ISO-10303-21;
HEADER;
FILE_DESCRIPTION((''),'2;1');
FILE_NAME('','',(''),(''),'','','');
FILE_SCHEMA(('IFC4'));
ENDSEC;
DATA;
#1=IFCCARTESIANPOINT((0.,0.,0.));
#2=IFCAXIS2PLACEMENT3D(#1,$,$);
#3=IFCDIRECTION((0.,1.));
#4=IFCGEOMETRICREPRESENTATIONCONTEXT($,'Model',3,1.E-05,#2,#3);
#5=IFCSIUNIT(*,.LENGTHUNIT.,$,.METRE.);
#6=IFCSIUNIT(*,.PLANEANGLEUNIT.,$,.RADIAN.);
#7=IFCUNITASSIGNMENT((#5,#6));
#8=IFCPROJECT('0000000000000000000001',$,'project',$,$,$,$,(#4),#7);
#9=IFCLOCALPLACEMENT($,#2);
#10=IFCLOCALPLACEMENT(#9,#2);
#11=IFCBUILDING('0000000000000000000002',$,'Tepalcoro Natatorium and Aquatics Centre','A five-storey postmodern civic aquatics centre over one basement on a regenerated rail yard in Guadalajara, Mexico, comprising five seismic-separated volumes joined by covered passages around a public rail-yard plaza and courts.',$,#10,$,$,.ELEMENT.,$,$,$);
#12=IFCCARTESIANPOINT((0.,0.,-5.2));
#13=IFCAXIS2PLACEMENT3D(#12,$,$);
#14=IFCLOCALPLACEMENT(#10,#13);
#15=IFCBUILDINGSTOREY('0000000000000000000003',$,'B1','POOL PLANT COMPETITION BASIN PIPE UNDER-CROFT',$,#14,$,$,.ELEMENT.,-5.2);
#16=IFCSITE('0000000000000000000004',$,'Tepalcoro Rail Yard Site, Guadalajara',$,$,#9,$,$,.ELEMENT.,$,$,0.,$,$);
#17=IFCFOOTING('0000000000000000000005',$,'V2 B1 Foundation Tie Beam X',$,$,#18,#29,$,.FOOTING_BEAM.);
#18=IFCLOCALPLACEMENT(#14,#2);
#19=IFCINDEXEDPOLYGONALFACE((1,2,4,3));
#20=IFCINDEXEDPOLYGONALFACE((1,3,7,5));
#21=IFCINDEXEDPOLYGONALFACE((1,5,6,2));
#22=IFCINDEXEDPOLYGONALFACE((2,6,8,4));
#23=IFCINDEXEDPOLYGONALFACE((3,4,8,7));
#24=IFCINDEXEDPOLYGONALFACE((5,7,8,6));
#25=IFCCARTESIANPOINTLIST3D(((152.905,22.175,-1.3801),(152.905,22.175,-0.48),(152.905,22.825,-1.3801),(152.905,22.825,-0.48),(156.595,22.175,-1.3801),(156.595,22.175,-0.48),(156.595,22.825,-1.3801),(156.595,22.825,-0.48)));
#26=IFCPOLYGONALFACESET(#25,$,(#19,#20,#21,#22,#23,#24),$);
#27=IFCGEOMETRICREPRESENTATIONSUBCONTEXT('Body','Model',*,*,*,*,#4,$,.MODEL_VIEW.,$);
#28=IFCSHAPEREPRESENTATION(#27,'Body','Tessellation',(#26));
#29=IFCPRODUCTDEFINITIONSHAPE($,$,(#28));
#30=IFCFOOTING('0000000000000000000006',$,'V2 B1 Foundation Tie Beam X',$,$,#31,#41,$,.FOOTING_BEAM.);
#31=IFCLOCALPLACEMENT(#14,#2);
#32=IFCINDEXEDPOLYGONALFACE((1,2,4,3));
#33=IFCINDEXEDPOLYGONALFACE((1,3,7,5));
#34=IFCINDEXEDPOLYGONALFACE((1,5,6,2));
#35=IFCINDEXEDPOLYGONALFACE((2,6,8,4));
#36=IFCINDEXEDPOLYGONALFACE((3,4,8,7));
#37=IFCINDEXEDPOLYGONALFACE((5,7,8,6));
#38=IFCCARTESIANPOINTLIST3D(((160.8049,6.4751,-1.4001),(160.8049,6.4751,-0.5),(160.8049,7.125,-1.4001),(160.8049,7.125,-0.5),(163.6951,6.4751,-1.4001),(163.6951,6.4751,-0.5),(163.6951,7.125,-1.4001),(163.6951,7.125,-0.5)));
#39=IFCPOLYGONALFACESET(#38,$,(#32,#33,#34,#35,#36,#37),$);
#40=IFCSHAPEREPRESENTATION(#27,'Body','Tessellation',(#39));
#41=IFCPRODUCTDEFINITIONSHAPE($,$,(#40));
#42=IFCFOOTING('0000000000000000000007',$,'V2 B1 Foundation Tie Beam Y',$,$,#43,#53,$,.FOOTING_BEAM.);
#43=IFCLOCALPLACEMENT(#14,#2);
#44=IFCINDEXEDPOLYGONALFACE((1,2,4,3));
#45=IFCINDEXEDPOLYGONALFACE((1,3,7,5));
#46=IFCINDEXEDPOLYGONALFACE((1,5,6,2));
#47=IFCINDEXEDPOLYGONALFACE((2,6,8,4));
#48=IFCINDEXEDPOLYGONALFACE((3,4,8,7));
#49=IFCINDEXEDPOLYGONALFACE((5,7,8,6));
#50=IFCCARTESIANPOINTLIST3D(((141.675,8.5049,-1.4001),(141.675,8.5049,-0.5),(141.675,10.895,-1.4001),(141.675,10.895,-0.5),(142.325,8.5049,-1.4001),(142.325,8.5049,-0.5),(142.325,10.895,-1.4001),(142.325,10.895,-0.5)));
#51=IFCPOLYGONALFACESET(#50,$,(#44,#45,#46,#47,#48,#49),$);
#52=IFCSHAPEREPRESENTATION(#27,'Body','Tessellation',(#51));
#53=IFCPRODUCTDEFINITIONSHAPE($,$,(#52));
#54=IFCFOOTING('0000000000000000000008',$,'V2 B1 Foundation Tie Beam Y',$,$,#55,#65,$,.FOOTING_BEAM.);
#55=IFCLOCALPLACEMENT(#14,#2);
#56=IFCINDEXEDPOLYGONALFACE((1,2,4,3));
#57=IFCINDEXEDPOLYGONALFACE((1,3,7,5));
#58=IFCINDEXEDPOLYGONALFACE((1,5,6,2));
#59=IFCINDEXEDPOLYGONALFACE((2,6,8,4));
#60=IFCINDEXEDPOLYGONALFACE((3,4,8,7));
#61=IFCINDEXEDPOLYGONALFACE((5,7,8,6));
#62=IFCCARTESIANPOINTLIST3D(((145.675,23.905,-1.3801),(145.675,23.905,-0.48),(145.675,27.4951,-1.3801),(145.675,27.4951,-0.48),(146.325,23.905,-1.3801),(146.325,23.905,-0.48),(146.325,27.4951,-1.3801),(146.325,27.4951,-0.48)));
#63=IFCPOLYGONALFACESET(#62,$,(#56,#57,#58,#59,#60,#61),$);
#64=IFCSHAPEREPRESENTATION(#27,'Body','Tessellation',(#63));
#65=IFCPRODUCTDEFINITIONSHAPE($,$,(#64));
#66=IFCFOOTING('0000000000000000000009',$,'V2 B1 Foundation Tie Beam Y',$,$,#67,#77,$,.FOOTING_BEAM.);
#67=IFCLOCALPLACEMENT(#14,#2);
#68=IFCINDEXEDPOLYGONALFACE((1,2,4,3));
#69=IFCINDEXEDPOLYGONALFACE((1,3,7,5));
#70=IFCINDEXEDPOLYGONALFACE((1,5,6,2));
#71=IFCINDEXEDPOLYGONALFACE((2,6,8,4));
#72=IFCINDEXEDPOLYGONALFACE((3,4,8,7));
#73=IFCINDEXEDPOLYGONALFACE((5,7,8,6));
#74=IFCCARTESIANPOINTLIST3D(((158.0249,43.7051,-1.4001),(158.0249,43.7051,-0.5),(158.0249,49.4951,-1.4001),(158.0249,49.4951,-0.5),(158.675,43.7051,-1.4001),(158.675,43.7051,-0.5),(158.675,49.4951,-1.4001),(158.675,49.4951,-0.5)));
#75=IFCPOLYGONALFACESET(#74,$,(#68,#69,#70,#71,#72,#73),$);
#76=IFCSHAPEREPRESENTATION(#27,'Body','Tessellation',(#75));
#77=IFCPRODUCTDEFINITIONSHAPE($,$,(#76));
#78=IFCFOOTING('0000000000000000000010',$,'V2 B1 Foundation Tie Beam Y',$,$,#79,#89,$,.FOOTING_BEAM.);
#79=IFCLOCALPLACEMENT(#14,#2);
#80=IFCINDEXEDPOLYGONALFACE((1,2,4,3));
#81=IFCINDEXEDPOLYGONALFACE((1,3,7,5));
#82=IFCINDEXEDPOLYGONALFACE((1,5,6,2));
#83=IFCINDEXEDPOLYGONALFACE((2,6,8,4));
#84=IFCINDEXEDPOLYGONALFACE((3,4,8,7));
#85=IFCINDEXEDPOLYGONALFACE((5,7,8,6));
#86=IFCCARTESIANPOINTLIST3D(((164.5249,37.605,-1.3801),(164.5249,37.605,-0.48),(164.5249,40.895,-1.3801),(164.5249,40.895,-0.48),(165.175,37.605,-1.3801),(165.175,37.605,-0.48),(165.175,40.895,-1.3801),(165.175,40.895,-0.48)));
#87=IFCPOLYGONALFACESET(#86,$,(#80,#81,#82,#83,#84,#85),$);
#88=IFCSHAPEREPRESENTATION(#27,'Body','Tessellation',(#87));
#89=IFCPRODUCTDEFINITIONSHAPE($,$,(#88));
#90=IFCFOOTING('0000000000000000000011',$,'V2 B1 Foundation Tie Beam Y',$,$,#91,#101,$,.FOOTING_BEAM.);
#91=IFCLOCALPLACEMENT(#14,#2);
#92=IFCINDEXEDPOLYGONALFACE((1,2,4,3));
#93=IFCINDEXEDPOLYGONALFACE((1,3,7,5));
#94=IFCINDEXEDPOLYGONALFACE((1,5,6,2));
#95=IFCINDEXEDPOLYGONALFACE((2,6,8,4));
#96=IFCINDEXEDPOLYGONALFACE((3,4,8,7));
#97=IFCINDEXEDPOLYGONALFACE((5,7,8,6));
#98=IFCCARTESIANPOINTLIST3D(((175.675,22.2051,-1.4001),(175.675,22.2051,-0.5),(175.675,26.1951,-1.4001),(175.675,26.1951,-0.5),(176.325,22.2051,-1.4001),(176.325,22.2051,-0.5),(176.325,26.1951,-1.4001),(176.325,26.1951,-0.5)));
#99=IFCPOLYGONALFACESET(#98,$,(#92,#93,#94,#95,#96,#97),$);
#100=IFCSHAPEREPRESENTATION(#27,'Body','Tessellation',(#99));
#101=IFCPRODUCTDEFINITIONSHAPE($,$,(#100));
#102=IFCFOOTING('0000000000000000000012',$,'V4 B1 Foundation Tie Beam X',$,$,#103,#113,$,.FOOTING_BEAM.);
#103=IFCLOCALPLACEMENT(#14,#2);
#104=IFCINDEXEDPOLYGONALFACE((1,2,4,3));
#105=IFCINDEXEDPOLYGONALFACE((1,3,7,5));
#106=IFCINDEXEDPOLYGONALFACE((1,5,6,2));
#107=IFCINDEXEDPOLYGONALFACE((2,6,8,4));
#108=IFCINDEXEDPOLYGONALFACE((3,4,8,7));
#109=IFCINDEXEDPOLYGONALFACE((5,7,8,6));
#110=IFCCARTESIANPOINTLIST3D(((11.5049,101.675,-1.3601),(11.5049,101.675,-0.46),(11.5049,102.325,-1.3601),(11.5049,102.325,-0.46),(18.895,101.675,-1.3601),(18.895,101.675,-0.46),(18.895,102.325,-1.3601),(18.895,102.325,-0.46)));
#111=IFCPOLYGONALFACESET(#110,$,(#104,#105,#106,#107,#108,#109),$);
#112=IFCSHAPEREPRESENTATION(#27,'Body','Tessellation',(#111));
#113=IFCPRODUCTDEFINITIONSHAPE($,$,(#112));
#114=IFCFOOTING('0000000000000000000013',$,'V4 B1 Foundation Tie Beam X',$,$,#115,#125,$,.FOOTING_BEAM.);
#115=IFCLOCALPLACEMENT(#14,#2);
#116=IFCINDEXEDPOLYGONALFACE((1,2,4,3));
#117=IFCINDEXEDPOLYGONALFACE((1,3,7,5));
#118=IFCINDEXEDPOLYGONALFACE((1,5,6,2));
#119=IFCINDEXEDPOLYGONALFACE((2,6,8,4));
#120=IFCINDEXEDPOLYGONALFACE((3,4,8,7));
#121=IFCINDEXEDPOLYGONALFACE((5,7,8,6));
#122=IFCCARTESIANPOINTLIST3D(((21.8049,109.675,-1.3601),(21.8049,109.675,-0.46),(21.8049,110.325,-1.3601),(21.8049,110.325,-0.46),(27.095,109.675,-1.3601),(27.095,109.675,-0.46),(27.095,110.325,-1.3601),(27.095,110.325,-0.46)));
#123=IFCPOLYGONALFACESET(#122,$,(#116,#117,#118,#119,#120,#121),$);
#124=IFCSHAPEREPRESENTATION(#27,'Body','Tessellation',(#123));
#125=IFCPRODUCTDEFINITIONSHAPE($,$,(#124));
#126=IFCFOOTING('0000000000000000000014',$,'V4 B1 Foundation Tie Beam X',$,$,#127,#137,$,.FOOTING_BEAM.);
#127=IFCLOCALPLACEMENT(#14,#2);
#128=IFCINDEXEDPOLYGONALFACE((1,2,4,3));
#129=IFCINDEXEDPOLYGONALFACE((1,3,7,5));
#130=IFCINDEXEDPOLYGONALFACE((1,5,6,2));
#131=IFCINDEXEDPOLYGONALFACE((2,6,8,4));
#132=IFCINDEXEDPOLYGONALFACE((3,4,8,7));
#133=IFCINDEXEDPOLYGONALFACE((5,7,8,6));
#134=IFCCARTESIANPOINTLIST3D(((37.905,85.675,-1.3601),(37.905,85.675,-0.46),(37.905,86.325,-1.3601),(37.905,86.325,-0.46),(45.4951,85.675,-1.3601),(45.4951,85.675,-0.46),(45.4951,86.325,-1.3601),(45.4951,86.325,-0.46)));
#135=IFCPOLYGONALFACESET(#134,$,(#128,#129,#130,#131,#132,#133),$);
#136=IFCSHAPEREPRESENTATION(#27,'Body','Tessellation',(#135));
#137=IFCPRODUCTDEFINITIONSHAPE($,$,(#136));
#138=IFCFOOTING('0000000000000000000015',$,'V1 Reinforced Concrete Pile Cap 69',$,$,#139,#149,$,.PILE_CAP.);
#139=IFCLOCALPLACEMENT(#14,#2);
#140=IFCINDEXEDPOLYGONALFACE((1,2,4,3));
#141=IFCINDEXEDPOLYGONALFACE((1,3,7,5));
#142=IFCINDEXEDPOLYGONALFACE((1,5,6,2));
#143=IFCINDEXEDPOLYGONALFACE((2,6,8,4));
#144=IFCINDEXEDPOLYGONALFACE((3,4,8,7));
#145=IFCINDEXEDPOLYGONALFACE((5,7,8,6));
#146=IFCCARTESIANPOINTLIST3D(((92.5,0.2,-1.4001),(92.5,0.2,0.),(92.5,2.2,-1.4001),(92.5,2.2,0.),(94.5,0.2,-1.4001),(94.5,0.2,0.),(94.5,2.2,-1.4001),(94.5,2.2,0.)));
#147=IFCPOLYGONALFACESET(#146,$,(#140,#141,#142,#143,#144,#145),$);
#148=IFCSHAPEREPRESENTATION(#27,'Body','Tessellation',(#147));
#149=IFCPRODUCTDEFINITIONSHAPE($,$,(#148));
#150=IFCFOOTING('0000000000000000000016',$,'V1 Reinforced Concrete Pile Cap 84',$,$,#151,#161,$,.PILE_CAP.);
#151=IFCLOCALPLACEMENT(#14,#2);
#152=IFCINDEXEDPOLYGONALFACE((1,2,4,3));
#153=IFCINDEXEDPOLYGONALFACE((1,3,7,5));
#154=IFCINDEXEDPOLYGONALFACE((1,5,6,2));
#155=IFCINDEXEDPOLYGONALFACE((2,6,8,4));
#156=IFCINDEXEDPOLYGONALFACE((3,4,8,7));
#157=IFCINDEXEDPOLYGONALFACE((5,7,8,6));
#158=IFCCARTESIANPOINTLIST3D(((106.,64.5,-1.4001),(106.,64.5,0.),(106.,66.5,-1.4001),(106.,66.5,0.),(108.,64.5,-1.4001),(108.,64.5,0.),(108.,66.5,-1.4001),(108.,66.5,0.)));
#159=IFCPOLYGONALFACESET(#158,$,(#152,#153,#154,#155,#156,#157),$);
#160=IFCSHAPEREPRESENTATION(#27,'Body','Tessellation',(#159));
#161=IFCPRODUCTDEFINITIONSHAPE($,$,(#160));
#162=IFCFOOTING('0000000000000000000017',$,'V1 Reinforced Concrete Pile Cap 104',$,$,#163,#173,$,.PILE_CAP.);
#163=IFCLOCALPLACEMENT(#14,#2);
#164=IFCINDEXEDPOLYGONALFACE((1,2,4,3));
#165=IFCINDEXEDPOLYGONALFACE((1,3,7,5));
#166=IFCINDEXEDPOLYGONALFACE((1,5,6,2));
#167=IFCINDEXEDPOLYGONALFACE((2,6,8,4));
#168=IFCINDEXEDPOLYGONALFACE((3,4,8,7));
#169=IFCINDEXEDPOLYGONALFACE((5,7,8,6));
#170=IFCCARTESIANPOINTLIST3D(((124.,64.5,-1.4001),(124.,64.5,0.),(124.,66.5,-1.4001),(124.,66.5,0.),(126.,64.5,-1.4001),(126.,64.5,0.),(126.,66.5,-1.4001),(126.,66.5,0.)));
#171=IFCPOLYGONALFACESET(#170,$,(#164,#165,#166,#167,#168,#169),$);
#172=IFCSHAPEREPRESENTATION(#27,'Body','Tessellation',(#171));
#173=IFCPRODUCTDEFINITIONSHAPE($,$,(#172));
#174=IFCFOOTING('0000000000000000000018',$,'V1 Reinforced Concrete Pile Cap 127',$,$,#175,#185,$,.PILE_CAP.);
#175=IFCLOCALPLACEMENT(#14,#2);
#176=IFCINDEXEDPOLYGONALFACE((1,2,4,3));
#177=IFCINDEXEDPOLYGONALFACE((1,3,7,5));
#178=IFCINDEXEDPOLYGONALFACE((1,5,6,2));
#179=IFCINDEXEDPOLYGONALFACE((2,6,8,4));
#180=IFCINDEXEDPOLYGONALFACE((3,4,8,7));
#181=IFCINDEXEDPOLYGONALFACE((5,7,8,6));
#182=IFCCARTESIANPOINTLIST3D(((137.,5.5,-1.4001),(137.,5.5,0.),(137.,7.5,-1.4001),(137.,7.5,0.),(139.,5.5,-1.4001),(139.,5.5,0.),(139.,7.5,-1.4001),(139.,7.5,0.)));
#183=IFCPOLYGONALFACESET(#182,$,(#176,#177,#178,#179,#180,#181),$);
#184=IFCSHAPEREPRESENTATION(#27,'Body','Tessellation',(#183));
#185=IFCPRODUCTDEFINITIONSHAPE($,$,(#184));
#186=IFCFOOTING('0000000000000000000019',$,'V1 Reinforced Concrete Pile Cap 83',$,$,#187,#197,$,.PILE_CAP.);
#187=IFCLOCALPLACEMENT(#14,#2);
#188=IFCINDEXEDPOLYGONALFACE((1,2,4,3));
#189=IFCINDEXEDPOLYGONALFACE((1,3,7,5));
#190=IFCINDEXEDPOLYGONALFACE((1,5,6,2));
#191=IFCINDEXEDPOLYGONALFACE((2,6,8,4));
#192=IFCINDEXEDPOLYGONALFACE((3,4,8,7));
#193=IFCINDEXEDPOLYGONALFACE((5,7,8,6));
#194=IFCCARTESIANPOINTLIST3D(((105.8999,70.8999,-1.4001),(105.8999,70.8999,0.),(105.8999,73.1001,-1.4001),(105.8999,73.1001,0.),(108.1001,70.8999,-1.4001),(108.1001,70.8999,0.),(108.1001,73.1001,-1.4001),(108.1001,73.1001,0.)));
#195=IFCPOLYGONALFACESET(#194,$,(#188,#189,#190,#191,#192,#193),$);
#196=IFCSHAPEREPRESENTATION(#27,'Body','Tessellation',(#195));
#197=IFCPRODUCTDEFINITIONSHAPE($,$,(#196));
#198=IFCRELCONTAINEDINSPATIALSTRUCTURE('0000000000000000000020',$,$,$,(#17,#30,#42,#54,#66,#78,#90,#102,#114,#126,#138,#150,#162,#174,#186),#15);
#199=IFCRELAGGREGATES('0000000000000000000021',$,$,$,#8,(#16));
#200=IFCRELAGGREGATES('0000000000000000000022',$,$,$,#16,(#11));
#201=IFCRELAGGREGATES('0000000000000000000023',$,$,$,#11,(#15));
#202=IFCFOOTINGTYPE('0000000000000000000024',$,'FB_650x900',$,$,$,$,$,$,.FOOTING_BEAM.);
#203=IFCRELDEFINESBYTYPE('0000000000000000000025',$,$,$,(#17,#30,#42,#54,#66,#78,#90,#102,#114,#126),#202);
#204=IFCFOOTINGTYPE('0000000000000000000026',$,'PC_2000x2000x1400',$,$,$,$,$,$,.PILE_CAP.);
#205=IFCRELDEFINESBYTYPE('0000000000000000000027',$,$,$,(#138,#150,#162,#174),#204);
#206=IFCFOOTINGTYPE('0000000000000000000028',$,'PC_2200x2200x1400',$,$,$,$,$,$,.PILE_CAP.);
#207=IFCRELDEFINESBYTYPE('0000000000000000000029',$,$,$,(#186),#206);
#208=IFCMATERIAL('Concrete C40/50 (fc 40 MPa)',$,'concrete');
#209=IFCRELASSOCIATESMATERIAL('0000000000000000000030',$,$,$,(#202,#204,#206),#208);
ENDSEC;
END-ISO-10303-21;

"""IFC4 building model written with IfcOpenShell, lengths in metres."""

from ifc_helpers import new_model, si_unit, direction, frame, origin, place, context, subcontext, project, spatial, polyline, outline, extrude, material, type_object, element, save


model = new_model("IFC4")

# Units and contexts
model_context = context("Model", 3, precision=1e-05, world=origin(), true_north=direction((0.0, 1.0)))
body_context = subcontext(model_context, "Body", "Model", "MODEL_VIEW")
ifc_project = project(units=[si_unit("LENGTHUNIT", "METRE"), si_unit("PLANEANGLEUNIT", "RADIAN")], contexts=[model_context])

# Site, building, storey
site_placement = place(None, origin())
site = spatial("IfcSite", under=ifc_project, at=site_placement, Name="Tepalcoro Rail Yard Site, Guadalajara", CompositionType="ELEMENT", RefElevation=0.0)
building_placement = place(site_placement, origin())
building = spatial("IfcBuilding", under=site, at=building_placement, Name="Tepalcoro Natatorium and Aquatics Centre", Description="A five-storey postmodern civic aquatics centre over one basement on a regenerated rail yard in Guadalajara, Mexico, comprising five seismic-separated volumes joined by covered passages around a public rail-yard plaza and courts.", CompositionType="ELEMENT")
storey_placement = place(building_placement, frame((0.0, 0.0, -5.2)))
storey = spatial("IfcBuildingStorey", under=building, at=storey_placement, Name="B1", Description="POOL PLANT COMPETITION BASIN PIPE UNDER-CROFT", CompositionType="ELEMENT", Elevation=-5.2)

# Footings
ifc_material = material(Name="Concrete C40/50 (fc 40 MPa)", Category="concrete")
footing_type_1 = type_object("IfcFootingType", Name="FB_650x900", PredefinedType="FOOTING_BEAM", material=ifc_material)
footing_1_placement = place(storey_placement, frame((0.0, 0.0, -1.3801)))
element("IfcFooting", 1, at=footing_1_placement, inside=storey, type_object=footing_type_1, Name="V2 B1 Foundation Tie Beam X", PredefinedType="FOOTING_BEAM", context=body_context, shape_type="SweptSolid", body=[
    extrude(outline(polyline([(152.905, 22.175), (156.595, 22.175), (156.595, 22.825), (152.905, 22.825), (152.905, 22.175)])), origin(), (0.0, 0.0, 1.0), 0.9001),
])
footing_2_placement = place(storey_placement, frame((0.0, 0.0, -1.4001)))
element("IfcFooting", 2, at=footing_2_placement, inside=storey, type_object=footing_type_1, Name="V2 B1 Foundation Tie Beam X", PredefinedType="FOOTING_BEAM", context=body_context, shape_type="SweptSolid", body=[
    extrude(outline(polyline([(160.8049, 6.4751), (163.6951, 6.4751), (163.6951, 7.125), (160.8049, 7.125), (160.8049, 6.4751)])), origin(), (0.0, 0.0, 1.0), 0.9001),
])
footing_3_placement = place(storey_placement, frame((0.0, 0.0, -1.4001)))
element("IfcFooting", 3, at=footing_3_placement, inside=storey, type_object=footing_type_1, Name="V2 B1 Foundation Tie Beam Y", PredefinedType="FOOTING_BEAM", context=body_context, shape_type="SweptSolid", body=[
    extrude(outline(polyline([(142.325, 8.5049), (142.325, 10.895), (141.675, 10.895), (141.675, 8.5049), (142.325, 8.5049)])), origin(), (0.0, 0.0, 1.0), 0.9001),
])
footing_4_placement = place(storey_placement, frame((0.0, 0.0, -1.3801)))
element("IfcFooting", 4, at=footing_4_placement, inside=storey, type_object=footing_type_1, Name="V2 B1 Foundation Tie Beam Y", PredefinedType="FOOTING_BEAM", context=body_context, shape_type="SweptSolid", body=[
    extrude(outline(polyline([(146.325, 23.905), (146.325, 27.4951), (145.675, 27.4951), (145.675, 23.905), (146.325, 23.905)])), origin(), (0.0, 0.0, 1.0), 0.9001),
])
footing_5_placement = place(storey_placement, frame((0.0, 0.0, -1.4001)))
element("IfcFooting", 5, at=footing_5_placement, inside=storey, type_object=footing_type_1, Name="V2 B1 Foundation Tie Beam Y", PredefinedType="FOOTING_BEAM", context=body_context, shape_type="SweptSolid", body=[
    extrude(outline(polyline([(158.675, 43.7051), (158.675, 49.4951), (158.0249, 49.4951), (158.0249, 43.7051), (158.675, 43.7051)])), origin(), (0.0, 0.0, 1.0), 0.9001),
])
footing_6_placement = place(storey_placement, frame((0.0, 0.0, -1.3801)))
element("IfcFooting", 6, at=footing_6_placement, inside=storey, type_object=footing_type_1, Name="V2 B1 Foundation Tie Beam Y", PredefinedType="FOOTING_BEAM", context=body_context, shape_type="SweptSolid", body=[
    extrude(outline(polyline([(165.175, 37.605), (165.175, 40.895), (164.5249, 40.895), (164.5249, 37.605), (165.175, 37.605)])), origin(), (0.0, 0.0, 1.0), 0.9001),
])
footing_7_placement = place(storey_placement, frame((0.0, 0.0, -1.4001)))
element("IfcFooting", 7, at=footing_7_placement, inside=storey, type_object=footing_type_1, Name="V2 B1 Foundation Tie Beam Y", PredefinedType="FOOTING_BEAM", context=body_context, shape_type="SweptSolid", body=[
    extrude(outline(polyline([(176.325, 22.2051), (176.325, 26.1951), (175.675, 26.1951), (175.675, 22.2051), (176.325, 22.2051)])), origin(), (0.0, 0.0, 1.0), 0.9001),
])
footing_8_placement = place(storey_placement, frame((0.0, 0.0, -1.3601)))
element("IfcFooting", 8, at=footing_8_placement, inside=storey, type_object=footing_type_1, Name="V4 B1 Foundation Tie Beam X", PredefinedType="FOOTING_BEAM", context=body_context, shape_type="SweptSolid", body=[
    extrude(outline(polyline([(11.5049, 101.675), (18.895, 101.675), (18.895, 102.325), (11.5049, 102.325), (11.5049, 101.675)])), origin(), (0.0, 0.0, 1.0), 0.9001),
])
footing_9_placement = place(storey_placement, frame((0.0, 0.0, -1.3601)))
element("IfcFooting", 9, at=footing_9_placement, inside=storey, type_object=footing_type_1, Name="V4 B1 Foundation Tie Beam X", PredefinedType="FOOTING_BEAM", context=body_context, shape_type="SweptSolid", body=[
    extrude(outline(polyline([(21.8049, 109.675), (27.095, 109.675), (27.095, 110.325), (21.8049, 110.325), (21.8049, 109.675)])), origin(), (0.0, 0.0, 1.0), 0.9001),
])
footing_10_placement = place(storey_placement, frame((0.0, 0.0, -1.3601)))
element("IfcFooting", 10, at=footing_10_placement, inside=storey, type_object=footing_type_1, Name="V4 B1 Foundation Tie Beam X", PredefinedType="FOOTING_BEAM", context=body_context, shape_type="SweptSolid", body=[
    extrude(outline(polyline([(37.905, 85.675), (45.4951, 85.675), (45.4951, 86.325), (37.905, 86.325), (37.905, 85.675)])), origin(), (0.0, 0.0, 1.0), 0.9001),
])
footing_type_2 = type_object("IfcFootingType", Name="PC_2000x2000x1400", PredefinedType="PILE_CAP", material=ifc_material)
footing_11_placement = place(storey_placement, frame((0.0, 0.0, -1.4001)))
element("IfcFooting", 11, at=footing_11_placement, inside=storey, type_object=footing_type_2, Name="V1 Reinforced Concrete Pile Cap 69", PredefinedType="PILE_CAP", context=body_context, shape_type="SweptSolid", body=[
    extrude(outline(polyline([(92.5, 0.2), (94.5, 0.2), (94.5, 2.2), (92.5, 2.2), (92.5, 0.2)])), origin(), (0.0, 0.0, 1.0), 1.4001),
])
footing_12_placement = place(storey_placement, frame((0.0, 0.0, -1.4001)))
element("IfcFooting", 12, at=footing_12_placement, inside=storey, type_object=footing_type_2, Name="V1 Reinforced Concrete Pile Cap 84", PredefinedType="PILE_CAP", context=body_context, shape_type="SweptSolid", body=[
    extrude(outline(polyline([(106.0, 64.5), (108.0, 64.5), (108.0, 66.5), (106.0, 66.5), (106.0, 64.5)])), origin(), (0.0, 0.0, 1.0), 1.4001),
])
footing_13_placement = place(storey_placement, frame((0.0, 0.0, -1.4001)))
element("IfcFooting", 13, at=footing_13_placement, inside=storey, type_object=footing_type_2, Name="V1 Reinforced Concrete Pile Cap 104", PredefinedType="PILE_CAP", context=body_context, shape_type="SweptSolid", body=[
    extrude(outline(polyline([(124.0, 64.5), (126.0, 64.5), (126.0, 66.5), (124.0, 66.5), (124.0, 64.5)])), origin(), (0.0, 0.0, 1.0), 1.4001),
])
footing_14_placement = place(storey_placement, frame((0.0, 0.0, -1.4001)))
element("IfcFooting", 14, at=footing_14_placement, inside=storey, type_object=footing_type_2, Name="V1 Reinforced Concrete Pile Cap 127", PredefinedType="PILE_CAP", context=body_context, shape_type="SweptSolid", body=[
    extrude(outline(polyline([(137.0, 5.5), (139.0, 5.5), (139.0, 7.5), (137.0, 7.5), (137.0, 5.5)])), origin(), (0.0, 0.0, 1.0), 1.4001),
])
footing_type_3 = type_object("IfcFootingType", Name="PC_2200x2200x1400", PredefinedType="PILE_CAP", material=ifc_material)
footing_15_placement = place(storey_placement, frame((0.0, 0.0, -1.4001)))
element("IfcFooting", 15, at=footing_15_placement, inside=storey, type_object=footing_type_3, Name="V1 Reinforced Concrete Pile Cap 83", PredefinedType="PILE_CAP", context=body_context, shape_type="SweptSolid", body=[
    extrude(outline(polyline([(105.8999, 70.8999), (108.1001, 70.8999), (108.1001, 73.1001), (105.8999, 73.1001), (105.8999, 70.8999)])), origin(), (0.0, 0.0, 1.0), 1.4001),
])

save(model, "model.ifc")
